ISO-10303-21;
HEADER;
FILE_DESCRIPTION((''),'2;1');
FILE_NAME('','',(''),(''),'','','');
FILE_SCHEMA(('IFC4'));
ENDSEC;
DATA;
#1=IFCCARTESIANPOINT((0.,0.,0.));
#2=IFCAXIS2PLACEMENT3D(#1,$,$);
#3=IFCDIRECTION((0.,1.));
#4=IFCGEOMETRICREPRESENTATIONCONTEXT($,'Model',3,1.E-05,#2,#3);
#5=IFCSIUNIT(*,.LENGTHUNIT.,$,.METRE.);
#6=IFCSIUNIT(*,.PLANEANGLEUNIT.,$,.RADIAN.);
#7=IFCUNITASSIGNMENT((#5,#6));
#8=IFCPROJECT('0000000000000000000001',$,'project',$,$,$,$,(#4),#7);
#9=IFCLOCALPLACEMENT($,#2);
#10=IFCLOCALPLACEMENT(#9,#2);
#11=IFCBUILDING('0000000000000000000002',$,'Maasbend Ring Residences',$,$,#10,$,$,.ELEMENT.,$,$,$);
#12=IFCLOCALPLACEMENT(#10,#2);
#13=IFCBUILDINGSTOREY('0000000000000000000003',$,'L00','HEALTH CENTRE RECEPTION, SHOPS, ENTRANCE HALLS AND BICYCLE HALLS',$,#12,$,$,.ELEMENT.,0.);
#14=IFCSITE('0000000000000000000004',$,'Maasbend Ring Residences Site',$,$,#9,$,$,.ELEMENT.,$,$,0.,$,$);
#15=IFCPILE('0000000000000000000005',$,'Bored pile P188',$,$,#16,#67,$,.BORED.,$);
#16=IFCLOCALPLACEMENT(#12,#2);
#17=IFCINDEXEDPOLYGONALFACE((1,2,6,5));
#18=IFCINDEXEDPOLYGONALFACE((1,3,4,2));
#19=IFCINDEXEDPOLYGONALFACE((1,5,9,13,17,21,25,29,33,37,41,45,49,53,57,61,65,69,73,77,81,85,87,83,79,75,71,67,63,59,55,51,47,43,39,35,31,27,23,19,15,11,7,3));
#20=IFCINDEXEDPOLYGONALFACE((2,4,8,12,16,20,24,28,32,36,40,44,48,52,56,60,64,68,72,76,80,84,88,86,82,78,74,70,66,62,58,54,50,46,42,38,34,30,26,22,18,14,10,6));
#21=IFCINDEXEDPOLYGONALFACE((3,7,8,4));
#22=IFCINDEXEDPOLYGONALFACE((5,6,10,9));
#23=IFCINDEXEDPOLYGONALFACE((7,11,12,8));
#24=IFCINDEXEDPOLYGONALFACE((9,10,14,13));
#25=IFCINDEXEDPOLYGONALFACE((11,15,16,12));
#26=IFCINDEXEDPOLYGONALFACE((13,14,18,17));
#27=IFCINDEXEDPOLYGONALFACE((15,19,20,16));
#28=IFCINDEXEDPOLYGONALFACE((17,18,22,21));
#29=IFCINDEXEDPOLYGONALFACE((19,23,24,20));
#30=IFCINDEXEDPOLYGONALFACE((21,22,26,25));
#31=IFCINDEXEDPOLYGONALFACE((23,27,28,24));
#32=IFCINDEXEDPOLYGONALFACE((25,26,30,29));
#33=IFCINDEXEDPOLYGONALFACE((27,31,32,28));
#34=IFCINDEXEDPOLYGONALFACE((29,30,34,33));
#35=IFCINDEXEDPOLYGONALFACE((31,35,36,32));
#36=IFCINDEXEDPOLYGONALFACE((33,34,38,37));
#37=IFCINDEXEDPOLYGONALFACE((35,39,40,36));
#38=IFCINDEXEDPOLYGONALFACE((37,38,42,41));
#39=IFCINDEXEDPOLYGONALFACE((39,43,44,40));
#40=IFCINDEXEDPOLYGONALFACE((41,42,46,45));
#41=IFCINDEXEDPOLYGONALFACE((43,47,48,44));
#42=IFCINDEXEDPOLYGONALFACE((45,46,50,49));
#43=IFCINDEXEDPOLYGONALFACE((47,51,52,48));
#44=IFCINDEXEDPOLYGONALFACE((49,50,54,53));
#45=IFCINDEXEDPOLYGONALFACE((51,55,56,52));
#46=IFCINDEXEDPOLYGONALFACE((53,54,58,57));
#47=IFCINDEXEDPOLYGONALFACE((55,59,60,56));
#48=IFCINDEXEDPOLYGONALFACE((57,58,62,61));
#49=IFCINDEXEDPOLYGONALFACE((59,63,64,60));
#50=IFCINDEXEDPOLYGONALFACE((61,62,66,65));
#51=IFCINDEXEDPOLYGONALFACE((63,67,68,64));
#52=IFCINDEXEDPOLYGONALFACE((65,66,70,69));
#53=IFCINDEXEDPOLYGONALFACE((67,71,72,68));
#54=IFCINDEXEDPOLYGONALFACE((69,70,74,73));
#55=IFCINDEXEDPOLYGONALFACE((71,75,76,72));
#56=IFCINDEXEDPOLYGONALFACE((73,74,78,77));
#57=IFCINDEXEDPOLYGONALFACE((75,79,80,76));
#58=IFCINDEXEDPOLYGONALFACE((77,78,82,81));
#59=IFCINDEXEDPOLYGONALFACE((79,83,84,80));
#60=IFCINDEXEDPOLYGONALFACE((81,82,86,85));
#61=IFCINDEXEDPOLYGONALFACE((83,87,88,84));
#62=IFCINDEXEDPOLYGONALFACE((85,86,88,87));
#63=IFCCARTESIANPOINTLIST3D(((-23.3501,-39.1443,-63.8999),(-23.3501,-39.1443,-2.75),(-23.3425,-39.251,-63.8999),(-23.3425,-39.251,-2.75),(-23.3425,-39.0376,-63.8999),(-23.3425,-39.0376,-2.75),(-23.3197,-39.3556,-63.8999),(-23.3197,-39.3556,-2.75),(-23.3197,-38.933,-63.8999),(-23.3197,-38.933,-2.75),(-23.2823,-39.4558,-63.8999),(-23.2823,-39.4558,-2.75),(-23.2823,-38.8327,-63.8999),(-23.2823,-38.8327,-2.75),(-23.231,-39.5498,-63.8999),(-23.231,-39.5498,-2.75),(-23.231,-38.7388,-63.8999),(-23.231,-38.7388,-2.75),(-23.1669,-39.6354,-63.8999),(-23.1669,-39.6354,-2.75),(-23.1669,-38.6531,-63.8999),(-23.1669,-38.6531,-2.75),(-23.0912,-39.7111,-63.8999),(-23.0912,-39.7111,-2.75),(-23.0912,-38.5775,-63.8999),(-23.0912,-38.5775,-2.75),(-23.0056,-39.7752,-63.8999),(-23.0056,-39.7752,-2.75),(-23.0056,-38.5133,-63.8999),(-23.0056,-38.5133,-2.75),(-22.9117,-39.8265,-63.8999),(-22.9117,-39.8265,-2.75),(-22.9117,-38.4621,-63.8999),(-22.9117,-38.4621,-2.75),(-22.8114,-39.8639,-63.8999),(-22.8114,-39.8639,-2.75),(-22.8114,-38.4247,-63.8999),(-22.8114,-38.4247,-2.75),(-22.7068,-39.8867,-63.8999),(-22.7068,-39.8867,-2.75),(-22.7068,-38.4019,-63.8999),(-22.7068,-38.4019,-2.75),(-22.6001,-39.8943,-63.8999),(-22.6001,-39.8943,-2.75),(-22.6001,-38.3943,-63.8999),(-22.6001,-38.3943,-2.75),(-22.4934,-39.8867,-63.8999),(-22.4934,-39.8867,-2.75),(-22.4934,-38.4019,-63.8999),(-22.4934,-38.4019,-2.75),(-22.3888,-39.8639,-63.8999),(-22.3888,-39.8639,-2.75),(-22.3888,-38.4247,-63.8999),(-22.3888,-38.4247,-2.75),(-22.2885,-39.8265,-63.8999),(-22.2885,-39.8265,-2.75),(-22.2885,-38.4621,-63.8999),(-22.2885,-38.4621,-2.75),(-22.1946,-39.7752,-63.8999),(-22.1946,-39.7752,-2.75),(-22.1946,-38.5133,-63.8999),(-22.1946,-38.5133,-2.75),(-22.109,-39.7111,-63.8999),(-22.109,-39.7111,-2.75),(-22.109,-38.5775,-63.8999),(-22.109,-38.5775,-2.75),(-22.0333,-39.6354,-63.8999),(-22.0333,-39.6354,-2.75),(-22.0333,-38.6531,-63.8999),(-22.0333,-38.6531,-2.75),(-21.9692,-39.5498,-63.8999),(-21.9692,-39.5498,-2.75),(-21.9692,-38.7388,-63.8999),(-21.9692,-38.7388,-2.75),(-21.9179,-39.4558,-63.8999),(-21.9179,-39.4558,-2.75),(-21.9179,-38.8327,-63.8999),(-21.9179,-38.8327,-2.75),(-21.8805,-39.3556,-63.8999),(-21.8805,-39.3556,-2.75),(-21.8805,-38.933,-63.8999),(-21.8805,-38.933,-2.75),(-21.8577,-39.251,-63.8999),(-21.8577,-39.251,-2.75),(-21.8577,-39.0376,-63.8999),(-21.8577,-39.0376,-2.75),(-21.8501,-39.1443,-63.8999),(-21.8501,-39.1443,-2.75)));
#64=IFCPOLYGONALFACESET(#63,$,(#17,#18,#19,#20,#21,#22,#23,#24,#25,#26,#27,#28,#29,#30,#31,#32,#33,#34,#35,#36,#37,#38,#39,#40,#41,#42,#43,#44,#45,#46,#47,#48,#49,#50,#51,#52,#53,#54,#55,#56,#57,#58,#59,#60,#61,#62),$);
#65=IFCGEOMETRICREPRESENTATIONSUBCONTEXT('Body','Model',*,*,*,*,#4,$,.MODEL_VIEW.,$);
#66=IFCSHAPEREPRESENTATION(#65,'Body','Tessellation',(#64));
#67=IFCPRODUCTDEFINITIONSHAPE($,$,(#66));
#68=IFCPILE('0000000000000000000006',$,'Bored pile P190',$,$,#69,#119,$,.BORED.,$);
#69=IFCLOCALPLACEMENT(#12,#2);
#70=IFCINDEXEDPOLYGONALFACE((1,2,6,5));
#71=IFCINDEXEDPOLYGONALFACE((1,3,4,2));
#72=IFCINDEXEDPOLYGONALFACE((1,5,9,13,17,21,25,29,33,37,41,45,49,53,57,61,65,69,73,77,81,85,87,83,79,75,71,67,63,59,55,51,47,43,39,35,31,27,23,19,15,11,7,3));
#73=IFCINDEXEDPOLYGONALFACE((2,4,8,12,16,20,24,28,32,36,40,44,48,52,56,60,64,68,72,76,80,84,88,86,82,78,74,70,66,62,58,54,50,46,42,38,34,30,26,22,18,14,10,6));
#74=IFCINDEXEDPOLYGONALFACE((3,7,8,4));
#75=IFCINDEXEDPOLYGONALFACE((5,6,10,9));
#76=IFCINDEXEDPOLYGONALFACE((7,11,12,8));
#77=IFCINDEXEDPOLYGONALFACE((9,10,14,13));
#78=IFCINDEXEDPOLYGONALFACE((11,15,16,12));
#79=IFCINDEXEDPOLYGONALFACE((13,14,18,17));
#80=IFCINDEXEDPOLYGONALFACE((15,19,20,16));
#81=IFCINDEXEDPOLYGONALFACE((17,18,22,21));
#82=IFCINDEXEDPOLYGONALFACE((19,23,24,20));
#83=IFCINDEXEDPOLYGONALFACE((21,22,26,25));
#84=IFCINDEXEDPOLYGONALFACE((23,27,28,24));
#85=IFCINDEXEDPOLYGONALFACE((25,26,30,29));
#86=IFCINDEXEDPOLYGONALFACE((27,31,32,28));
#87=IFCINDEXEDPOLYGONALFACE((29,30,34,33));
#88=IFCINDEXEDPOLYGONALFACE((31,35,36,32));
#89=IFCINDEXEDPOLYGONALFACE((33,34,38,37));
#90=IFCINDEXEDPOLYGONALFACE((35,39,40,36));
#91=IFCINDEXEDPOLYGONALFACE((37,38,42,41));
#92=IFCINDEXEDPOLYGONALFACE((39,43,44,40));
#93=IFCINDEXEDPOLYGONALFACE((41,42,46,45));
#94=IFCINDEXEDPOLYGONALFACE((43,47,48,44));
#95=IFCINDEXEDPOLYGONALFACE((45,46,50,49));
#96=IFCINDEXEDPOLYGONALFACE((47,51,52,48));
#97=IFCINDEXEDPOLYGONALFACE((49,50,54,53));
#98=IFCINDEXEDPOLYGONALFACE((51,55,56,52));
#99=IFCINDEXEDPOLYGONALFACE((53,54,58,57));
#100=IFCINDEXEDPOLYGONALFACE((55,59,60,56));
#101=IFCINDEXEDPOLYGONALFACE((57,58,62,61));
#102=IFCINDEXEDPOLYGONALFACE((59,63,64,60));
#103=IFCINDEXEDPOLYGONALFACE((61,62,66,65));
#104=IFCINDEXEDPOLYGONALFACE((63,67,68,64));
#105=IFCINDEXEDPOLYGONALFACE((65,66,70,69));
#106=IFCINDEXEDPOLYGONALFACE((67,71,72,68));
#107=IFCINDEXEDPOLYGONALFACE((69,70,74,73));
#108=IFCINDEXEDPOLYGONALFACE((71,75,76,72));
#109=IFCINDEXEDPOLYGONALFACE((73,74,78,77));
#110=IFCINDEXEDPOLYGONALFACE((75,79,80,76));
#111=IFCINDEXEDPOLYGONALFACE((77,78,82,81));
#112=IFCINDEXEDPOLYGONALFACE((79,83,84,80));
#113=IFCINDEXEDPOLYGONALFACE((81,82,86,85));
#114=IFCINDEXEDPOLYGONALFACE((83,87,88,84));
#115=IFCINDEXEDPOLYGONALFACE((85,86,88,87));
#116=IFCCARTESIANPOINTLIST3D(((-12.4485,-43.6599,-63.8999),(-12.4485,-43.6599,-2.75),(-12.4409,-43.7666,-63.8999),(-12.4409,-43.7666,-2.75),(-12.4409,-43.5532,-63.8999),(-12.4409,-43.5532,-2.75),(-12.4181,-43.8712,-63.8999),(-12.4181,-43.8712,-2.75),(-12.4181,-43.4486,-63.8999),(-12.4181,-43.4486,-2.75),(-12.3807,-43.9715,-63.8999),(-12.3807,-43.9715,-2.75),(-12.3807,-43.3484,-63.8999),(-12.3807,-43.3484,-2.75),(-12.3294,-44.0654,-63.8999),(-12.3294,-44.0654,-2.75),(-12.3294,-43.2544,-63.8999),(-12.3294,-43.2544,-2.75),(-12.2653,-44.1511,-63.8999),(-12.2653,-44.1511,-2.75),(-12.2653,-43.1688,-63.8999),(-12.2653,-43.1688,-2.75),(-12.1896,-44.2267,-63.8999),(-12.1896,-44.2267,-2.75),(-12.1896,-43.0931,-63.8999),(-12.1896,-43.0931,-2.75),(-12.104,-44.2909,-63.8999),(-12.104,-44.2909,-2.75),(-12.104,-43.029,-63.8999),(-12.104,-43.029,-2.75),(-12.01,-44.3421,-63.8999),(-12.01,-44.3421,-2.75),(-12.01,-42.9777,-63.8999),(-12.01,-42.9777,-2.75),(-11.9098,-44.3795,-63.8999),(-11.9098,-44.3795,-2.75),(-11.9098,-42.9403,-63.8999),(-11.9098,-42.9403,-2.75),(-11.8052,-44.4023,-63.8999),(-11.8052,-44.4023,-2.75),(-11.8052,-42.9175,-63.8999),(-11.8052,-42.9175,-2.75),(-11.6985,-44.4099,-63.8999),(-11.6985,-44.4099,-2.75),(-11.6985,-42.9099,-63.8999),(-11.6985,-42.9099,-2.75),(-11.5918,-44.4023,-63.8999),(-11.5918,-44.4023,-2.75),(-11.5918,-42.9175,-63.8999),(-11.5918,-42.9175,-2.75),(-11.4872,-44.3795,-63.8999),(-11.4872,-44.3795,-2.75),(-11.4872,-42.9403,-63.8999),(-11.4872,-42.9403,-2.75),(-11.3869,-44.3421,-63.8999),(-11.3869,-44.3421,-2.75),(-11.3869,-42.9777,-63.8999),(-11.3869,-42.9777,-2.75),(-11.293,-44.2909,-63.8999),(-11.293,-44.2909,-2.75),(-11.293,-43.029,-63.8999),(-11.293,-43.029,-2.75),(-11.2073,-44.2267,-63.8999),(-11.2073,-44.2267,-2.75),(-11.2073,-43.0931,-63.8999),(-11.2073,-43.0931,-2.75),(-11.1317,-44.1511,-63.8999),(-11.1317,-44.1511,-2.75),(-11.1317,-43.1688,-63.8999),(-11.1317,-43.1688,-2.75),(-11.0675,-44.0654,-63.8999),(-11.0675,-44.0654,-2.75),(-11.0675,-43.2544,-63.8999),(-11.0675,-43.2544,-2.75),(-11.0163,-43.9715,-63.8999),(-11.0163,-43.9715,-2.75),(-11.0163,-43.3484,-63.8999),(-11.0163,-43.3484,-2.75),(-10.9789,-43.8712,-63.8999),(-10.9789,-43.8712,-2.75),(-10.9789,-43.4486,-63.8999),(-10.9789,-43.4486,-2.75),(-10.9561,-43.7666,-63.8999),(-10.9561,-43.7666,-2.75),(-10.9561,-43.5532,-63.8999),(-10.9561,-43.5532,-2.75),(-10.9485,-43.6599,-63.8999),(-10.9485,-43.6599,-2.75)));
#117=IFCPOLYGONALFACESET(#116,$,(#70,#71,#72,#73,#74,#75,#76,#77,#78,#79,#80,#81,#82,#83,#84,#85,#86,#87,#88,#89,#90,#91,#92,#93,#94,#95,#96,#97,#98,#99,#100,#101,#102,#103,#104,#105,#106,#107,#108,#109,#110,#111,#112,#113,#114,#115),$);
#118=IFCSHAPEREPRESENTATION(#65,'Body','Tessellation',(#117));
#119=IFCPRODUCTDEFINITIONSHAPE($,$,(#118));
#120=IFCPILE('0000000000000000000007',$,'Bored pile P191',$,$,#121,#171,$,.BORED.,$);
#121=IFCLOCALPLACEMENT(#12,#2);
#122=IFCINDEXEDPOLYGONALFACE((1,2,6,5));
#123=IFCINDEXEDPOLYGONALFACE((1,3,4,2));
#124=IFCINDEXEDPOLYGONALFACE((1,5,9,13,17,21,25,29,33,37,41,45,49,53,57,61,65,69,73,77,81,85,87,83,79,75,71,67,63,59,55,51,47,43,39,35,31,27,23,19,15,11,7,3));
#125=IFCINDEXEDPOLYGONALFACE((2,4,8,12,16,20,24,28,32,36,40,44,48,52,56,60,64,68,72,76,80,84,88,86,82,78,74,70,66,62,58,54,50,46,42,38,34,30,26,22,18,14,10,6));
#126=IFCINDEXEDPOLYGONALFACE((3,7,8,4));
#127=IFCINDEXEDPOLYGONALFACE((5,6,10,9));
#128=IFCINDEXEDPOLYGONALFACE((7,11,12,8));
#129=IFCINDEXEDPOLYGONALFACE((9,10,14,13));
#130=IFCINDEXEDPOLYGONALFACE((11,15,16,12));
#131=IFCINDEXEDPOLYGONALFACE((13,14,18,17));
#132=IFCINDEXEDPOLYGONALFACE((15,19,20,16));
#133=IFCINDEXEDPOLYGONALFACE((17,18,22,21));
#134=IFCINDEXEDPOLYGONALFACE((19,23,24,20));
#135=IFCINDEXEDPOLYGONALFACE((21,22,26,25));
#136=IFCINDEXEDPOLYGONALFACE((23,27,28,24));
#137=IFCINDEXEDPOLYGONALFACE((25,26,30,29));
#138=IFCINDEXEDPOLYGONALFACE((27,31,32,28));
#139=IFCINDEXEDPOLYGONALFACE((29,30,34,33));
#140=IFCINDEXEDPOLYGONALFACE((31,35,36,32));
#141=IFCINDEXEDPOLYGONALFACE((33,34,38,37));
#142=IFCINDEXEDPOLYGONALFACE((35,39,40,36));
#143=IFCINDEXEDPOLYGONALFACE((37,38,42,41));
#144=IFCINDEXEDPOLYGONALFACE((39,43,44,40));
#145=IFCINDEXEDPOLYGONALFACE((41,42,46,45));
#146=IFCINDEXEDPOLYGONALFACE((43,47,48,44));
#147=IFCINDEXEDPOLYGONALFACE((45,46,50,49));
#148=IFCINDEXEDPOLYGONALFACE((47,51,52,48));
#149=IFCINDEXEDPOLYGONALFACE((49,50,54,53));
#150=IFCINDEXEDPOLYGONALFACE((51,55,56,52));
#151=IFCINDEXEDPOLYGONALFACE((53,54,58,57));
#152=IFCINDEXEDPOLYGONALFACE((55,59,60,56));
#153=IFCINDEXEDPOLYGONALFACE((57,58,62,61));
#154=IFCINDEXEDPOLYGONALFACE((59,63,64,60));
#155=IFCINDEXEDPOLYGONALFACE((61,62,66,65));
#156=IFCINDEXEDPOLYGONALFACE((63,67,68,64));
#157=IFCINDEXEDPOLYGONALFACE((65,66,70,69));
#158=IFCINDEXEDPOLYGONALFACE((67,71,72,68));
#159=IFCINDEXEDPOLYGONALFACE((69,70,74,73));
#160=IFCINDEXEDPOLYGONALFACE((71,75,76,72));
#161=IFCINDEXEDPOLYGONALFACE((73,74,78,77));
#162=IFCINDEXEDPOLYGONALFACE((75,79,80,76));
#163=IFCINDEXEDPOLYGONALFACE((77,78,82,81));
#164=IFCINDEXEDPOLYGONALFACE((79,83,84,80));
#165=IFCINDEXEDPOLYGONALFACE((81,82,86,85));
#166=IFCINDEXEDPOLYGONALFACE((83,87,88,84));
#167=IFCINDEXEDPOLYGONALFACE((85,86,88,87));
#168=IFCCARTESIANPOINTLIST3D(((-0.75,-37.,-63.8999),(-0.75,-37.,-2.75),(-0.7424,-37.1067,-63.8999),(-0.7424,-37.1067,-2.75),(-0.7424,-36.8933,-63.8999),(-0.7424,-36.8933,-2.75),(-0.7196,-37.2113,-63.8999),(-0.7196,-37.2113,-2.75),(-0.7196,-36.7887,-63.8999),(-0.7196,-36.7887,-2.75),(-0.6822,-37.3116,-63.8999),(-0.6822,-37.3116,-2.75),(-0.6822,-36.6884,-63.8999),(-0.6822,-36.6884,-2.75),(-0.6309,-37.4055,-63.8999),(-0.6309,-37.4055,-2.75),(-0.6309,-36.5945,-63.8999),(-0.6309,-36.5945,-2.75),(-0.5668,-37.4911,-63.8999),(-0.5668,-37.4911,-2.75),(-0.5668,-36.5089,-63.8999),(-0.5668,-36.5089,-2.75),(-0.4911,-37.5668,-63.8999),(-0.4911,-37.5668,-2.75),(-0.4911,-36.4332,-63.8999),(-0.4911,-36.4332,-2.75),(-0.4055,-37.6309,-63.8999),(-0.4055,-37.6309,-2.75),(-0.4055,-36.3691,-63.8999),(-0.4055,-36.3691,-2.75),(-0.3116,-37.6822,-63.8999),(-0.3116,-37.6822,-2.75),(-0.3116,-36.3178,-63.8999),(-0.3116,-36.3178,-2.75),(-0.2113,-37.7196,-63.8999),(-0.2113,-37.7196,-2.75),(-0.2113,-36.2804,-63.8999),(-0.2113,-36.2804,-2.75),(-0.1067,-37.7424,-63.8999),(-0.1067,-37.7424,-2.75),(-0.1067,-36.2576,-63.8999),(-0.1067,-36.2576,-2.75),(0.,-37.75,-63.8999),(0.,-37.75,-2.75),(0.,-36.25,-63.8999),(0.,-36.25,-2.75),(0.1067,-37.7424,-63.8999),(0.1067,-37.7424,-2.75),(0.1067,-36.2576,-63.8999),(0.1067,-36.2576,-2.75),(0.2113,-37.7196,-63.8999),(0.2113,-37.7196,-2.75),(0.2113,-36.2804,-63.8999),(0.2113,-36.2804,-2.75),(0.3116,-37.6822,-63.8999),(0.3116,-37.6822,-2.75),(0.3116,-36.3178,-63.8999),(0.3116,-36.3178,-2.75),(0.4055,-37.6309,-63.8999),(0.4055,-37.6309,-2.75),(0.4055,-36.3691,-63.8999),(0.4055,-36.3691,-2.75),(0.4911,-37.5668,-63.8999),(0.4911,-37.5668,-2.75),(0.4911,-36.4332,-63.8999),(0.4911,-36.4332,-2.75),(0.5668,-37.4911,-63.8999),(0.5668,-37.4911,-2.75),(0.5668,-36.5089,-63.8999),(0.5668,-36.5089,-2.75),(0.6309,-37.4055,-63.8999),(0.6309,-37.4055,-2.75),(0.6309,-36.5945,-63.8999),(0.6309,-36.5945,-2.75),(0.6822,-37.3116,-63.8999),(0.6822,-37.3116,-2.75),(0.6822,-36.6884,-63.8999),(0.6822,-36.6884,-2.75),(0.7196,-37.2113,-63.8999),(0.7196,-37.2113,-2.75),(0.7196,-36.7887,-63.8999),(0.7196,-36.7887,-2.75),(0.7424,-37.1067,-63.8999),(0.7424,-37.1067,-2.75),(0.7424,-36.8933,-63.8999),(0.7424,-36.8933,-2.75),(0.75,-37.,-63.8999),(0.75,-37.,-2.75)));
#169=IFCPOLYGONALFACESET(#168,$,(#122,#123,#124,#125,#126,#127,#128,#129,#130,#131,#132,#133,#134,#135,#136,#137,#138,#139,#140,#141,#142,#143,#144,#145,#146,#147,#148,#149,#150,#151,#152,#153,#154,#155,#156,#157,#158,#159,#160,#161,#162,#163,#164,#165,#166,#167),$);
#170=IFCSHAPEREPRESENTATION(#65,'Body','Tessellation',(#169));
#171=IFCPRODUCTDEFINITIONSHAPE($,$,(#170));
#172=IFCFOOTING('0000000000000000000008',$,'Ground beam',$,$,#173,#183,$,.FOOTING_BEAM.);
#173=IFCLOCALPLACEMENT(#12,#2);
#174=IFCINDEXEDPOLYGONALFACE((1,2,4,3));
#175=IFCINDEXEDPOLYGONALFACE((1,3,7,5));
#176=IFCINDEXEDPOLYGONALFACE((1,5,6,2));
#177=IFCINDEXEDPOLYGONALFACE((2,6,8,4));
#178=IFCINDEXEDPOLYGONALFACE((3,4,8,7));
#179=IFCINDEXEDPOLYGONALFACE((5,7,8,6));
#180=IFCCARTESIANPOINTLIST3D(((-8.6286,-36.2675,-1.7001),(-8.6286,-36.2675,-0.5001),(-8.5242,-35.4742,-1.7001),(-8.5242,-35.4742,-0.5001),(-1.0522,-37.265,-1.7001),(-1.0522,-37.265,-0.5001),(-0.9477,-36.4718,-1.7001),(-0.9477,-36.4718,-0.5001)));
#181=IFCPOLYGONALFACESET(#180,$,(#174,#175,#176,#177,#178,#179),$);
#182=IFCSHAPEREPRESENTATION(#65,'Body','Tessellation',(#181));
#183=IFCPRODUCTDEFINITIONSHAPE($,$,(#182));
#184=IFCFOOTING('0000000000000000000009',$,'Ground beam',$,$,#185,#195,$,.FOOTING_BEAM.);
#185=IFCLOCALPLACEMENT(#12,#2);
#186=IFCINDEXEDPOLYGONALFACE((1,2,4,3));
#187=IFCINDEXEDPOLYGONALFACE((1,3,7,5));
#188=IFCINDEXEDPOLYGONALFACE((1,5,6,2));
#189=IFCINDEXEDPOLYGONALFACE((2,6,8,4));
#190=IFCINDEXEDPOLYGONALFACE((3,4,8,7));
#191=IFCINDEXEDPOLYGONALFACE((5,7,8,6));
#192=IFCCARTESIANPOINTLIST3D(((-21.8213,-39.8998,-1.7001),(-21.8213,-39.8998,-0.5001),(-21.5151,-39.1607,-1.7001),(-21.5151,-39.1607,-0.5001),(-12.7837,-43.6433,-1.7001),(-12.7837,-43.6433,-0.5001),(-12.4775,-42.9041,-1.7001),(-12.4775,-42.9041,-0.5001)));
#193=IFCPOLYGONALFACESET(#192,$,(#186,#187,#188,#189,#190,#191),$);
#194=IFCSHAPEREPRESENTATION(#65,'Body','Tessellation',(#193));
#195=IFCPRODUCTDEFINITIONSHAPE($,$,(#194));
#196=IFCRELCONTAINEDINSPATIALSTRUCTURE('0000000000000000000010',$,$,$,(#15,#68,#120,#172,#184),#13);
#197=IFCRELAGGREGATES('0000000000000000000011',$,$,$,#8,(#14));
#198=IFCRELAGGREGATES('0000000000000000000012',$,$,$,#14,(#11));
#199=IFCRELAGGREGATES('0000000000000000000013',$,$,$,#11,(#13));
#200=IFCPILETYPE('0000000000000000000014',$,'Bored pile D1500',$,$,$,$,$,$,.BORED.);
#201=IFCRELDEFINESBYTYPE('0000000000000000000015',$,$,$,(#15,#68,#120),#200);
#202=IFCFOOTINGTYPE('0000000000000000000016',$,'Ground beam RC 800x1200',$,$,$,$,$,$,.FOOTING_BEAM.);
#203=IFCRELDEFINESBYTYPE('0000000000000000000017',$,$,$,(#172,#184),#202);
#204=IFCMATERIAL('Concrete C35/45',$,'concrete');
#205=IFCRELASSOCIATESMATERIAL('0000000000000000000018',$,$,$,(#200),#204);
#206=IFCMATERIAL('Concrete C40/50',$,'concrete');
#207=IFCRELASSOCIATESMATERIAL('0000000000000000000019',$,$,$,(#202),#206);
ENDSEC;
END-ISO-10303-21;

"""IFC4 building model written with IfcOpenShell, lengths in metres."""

from ifc_helpers import new_model, si_unit, direction, frame, origin, origin_2d, place, context, subcontext, project, spatial, rectangle, circle, extrude, material, material_profile, profile_set, type_object, element, save


model = new_model("IFC4")

# Units and contexts
model_context = context("Model", 3, precision=1e-05, world=origin(), true_north=direction((0.0, 1.0)))
body_context = subcontext(model_context, "Body", "Model", "MODEL_VIEW")
ifc_project = project(units=[si_unit("LENGTHUNIT", "METRE"), si_unit("PLANEANGLEUNIT", "RADIAN")], contexts=[model_context])

# Site, building, storey
site_placement = place(None, origin())
site = spatial("IfcSite", under=ifc_project, at=site_placement, Name="Maasbend Ring Residences Site", CompositionType="ELEMENT", RefElevation=0.0)
building_placement = place(site_placement, origin())
building = spatial("IfcBuilding", under=site, at=building_placement, Name="Maasbend Ring Residences", CompositionType="ELEMENT")
storey_placement = place(building_placement, origin())
storey = spatial("IfcBuildingStorey", under=building, at=storey_placement, Name="L00", Description="HEALTH CENTRE RECEPTION, SHOPS, ENTRANCE HALLS AND BICYCLE HALLS", CompositionType="ELEMENT", Elevation=0.0)

# Piles
ifc_material_1 = material(Name="Concrete C35/45", Category="concrete")
ifc_material_profile_1 = material_profile(ifc_material_1, circle(Radius=0.75, at=origin_2d()), Name="Bored pile D1500")
ifc_profile_set_1 = profile_set([ifc_material_profile_1], Name="Concrete C35/45")
pile_type = type_object("IfcPileType", Name="Bored pile D1500", PredefinedType="BORED", material=ifc_profile_set_1)
for number, where, z_axis, x_axis, name in (
    (1, (-22.6001, -39.1443, -2.75), (0.0, 0.0, -1.0), (1.0, 0.0, 0.0), "Bored pile P188"),
    (2, (-11.6985, -43.6599, -2.75), (0.0, 0.0, -1.0), (1.0, 0.0, 0.0), "Bored pile P190"),
    (3, (0.0, -37.0, -2.75), (0.0, 0.0, -1.0), (1.0, 0.0, 0.0), "Bored pile P191"),
):
    element("IfcPile", number, at=place(storey_placement, frame(where, z_axis=z_axis, x_axis=x_axis)), inside=storey, type_object=pile_type, Name=name, PredefinedType="BORED", context=body_context, shape_type="SweptSolid", body=[
        extrude(circle(Radius=0.75, at=origin_2d()), origin(), (0.0, 0.0, 1.0), 61.1499),
    ])

# Footings
ifc_material_2 = material(Name="Concrete C40/50", Category="concrete")
ifc_material_profile_2 = material_profile(ifc_material_2, rectangle(XDim=0.8, YDim=1.2, at=origin_2d()), Name="Ground beam RC 800x1200")
ifc_profile_set_2 = profile_set([ifc_material_profile_2], Name="Concrete C40/50")
footing_type = type_object("IfcFootingType", Name="Ground beam RC 800x1200", PredefinedType="FOOTING_BEAM", material=ifc_profile_set_2)
footing_1_placement = place(storey_placement, frame((-8.5764, -35.8708, -1.1001), z_axis=(0.991443, -0.13054, 0.0), x_axis=(0.13054, 0.991443, 0.0)))
element("IfcFooting", 4, at=footing_1_placement, inside=storey, type_object=footing_type, Name="Ground beam", PredefinedType="FOOTING_BEAM", context=body_context, shape_type="SweptSolid", body=[
    extrude(rectangle(XDim=0.8, YDim=1.2, at=origin_2d()), origin(), (0.0, 0.0, 1.0), 7.6418),
])
footing_2_placement = place(storey_placement, frame((-21.6682, -39.5303, -1.1001), z_axis=(0.923883, -0.382676, 0.0), x_axis=(0.382676, 0.923883, 0.0)))
element("IfcFooting", 5, at=footing_2_placement, inside=storey, type_object=footing_type, Name="Ground beam", PredefinedType="FOOTING_BEAM", context=body_context, shape_type="SweptSolid", body=[
    extrude(rectangle(XDim=0.8, YDim=1.2, at=origin_2d()), origin(), (0.0, 0.0, 1.0), 9.7822),
])

save(model, "model.ifc")
